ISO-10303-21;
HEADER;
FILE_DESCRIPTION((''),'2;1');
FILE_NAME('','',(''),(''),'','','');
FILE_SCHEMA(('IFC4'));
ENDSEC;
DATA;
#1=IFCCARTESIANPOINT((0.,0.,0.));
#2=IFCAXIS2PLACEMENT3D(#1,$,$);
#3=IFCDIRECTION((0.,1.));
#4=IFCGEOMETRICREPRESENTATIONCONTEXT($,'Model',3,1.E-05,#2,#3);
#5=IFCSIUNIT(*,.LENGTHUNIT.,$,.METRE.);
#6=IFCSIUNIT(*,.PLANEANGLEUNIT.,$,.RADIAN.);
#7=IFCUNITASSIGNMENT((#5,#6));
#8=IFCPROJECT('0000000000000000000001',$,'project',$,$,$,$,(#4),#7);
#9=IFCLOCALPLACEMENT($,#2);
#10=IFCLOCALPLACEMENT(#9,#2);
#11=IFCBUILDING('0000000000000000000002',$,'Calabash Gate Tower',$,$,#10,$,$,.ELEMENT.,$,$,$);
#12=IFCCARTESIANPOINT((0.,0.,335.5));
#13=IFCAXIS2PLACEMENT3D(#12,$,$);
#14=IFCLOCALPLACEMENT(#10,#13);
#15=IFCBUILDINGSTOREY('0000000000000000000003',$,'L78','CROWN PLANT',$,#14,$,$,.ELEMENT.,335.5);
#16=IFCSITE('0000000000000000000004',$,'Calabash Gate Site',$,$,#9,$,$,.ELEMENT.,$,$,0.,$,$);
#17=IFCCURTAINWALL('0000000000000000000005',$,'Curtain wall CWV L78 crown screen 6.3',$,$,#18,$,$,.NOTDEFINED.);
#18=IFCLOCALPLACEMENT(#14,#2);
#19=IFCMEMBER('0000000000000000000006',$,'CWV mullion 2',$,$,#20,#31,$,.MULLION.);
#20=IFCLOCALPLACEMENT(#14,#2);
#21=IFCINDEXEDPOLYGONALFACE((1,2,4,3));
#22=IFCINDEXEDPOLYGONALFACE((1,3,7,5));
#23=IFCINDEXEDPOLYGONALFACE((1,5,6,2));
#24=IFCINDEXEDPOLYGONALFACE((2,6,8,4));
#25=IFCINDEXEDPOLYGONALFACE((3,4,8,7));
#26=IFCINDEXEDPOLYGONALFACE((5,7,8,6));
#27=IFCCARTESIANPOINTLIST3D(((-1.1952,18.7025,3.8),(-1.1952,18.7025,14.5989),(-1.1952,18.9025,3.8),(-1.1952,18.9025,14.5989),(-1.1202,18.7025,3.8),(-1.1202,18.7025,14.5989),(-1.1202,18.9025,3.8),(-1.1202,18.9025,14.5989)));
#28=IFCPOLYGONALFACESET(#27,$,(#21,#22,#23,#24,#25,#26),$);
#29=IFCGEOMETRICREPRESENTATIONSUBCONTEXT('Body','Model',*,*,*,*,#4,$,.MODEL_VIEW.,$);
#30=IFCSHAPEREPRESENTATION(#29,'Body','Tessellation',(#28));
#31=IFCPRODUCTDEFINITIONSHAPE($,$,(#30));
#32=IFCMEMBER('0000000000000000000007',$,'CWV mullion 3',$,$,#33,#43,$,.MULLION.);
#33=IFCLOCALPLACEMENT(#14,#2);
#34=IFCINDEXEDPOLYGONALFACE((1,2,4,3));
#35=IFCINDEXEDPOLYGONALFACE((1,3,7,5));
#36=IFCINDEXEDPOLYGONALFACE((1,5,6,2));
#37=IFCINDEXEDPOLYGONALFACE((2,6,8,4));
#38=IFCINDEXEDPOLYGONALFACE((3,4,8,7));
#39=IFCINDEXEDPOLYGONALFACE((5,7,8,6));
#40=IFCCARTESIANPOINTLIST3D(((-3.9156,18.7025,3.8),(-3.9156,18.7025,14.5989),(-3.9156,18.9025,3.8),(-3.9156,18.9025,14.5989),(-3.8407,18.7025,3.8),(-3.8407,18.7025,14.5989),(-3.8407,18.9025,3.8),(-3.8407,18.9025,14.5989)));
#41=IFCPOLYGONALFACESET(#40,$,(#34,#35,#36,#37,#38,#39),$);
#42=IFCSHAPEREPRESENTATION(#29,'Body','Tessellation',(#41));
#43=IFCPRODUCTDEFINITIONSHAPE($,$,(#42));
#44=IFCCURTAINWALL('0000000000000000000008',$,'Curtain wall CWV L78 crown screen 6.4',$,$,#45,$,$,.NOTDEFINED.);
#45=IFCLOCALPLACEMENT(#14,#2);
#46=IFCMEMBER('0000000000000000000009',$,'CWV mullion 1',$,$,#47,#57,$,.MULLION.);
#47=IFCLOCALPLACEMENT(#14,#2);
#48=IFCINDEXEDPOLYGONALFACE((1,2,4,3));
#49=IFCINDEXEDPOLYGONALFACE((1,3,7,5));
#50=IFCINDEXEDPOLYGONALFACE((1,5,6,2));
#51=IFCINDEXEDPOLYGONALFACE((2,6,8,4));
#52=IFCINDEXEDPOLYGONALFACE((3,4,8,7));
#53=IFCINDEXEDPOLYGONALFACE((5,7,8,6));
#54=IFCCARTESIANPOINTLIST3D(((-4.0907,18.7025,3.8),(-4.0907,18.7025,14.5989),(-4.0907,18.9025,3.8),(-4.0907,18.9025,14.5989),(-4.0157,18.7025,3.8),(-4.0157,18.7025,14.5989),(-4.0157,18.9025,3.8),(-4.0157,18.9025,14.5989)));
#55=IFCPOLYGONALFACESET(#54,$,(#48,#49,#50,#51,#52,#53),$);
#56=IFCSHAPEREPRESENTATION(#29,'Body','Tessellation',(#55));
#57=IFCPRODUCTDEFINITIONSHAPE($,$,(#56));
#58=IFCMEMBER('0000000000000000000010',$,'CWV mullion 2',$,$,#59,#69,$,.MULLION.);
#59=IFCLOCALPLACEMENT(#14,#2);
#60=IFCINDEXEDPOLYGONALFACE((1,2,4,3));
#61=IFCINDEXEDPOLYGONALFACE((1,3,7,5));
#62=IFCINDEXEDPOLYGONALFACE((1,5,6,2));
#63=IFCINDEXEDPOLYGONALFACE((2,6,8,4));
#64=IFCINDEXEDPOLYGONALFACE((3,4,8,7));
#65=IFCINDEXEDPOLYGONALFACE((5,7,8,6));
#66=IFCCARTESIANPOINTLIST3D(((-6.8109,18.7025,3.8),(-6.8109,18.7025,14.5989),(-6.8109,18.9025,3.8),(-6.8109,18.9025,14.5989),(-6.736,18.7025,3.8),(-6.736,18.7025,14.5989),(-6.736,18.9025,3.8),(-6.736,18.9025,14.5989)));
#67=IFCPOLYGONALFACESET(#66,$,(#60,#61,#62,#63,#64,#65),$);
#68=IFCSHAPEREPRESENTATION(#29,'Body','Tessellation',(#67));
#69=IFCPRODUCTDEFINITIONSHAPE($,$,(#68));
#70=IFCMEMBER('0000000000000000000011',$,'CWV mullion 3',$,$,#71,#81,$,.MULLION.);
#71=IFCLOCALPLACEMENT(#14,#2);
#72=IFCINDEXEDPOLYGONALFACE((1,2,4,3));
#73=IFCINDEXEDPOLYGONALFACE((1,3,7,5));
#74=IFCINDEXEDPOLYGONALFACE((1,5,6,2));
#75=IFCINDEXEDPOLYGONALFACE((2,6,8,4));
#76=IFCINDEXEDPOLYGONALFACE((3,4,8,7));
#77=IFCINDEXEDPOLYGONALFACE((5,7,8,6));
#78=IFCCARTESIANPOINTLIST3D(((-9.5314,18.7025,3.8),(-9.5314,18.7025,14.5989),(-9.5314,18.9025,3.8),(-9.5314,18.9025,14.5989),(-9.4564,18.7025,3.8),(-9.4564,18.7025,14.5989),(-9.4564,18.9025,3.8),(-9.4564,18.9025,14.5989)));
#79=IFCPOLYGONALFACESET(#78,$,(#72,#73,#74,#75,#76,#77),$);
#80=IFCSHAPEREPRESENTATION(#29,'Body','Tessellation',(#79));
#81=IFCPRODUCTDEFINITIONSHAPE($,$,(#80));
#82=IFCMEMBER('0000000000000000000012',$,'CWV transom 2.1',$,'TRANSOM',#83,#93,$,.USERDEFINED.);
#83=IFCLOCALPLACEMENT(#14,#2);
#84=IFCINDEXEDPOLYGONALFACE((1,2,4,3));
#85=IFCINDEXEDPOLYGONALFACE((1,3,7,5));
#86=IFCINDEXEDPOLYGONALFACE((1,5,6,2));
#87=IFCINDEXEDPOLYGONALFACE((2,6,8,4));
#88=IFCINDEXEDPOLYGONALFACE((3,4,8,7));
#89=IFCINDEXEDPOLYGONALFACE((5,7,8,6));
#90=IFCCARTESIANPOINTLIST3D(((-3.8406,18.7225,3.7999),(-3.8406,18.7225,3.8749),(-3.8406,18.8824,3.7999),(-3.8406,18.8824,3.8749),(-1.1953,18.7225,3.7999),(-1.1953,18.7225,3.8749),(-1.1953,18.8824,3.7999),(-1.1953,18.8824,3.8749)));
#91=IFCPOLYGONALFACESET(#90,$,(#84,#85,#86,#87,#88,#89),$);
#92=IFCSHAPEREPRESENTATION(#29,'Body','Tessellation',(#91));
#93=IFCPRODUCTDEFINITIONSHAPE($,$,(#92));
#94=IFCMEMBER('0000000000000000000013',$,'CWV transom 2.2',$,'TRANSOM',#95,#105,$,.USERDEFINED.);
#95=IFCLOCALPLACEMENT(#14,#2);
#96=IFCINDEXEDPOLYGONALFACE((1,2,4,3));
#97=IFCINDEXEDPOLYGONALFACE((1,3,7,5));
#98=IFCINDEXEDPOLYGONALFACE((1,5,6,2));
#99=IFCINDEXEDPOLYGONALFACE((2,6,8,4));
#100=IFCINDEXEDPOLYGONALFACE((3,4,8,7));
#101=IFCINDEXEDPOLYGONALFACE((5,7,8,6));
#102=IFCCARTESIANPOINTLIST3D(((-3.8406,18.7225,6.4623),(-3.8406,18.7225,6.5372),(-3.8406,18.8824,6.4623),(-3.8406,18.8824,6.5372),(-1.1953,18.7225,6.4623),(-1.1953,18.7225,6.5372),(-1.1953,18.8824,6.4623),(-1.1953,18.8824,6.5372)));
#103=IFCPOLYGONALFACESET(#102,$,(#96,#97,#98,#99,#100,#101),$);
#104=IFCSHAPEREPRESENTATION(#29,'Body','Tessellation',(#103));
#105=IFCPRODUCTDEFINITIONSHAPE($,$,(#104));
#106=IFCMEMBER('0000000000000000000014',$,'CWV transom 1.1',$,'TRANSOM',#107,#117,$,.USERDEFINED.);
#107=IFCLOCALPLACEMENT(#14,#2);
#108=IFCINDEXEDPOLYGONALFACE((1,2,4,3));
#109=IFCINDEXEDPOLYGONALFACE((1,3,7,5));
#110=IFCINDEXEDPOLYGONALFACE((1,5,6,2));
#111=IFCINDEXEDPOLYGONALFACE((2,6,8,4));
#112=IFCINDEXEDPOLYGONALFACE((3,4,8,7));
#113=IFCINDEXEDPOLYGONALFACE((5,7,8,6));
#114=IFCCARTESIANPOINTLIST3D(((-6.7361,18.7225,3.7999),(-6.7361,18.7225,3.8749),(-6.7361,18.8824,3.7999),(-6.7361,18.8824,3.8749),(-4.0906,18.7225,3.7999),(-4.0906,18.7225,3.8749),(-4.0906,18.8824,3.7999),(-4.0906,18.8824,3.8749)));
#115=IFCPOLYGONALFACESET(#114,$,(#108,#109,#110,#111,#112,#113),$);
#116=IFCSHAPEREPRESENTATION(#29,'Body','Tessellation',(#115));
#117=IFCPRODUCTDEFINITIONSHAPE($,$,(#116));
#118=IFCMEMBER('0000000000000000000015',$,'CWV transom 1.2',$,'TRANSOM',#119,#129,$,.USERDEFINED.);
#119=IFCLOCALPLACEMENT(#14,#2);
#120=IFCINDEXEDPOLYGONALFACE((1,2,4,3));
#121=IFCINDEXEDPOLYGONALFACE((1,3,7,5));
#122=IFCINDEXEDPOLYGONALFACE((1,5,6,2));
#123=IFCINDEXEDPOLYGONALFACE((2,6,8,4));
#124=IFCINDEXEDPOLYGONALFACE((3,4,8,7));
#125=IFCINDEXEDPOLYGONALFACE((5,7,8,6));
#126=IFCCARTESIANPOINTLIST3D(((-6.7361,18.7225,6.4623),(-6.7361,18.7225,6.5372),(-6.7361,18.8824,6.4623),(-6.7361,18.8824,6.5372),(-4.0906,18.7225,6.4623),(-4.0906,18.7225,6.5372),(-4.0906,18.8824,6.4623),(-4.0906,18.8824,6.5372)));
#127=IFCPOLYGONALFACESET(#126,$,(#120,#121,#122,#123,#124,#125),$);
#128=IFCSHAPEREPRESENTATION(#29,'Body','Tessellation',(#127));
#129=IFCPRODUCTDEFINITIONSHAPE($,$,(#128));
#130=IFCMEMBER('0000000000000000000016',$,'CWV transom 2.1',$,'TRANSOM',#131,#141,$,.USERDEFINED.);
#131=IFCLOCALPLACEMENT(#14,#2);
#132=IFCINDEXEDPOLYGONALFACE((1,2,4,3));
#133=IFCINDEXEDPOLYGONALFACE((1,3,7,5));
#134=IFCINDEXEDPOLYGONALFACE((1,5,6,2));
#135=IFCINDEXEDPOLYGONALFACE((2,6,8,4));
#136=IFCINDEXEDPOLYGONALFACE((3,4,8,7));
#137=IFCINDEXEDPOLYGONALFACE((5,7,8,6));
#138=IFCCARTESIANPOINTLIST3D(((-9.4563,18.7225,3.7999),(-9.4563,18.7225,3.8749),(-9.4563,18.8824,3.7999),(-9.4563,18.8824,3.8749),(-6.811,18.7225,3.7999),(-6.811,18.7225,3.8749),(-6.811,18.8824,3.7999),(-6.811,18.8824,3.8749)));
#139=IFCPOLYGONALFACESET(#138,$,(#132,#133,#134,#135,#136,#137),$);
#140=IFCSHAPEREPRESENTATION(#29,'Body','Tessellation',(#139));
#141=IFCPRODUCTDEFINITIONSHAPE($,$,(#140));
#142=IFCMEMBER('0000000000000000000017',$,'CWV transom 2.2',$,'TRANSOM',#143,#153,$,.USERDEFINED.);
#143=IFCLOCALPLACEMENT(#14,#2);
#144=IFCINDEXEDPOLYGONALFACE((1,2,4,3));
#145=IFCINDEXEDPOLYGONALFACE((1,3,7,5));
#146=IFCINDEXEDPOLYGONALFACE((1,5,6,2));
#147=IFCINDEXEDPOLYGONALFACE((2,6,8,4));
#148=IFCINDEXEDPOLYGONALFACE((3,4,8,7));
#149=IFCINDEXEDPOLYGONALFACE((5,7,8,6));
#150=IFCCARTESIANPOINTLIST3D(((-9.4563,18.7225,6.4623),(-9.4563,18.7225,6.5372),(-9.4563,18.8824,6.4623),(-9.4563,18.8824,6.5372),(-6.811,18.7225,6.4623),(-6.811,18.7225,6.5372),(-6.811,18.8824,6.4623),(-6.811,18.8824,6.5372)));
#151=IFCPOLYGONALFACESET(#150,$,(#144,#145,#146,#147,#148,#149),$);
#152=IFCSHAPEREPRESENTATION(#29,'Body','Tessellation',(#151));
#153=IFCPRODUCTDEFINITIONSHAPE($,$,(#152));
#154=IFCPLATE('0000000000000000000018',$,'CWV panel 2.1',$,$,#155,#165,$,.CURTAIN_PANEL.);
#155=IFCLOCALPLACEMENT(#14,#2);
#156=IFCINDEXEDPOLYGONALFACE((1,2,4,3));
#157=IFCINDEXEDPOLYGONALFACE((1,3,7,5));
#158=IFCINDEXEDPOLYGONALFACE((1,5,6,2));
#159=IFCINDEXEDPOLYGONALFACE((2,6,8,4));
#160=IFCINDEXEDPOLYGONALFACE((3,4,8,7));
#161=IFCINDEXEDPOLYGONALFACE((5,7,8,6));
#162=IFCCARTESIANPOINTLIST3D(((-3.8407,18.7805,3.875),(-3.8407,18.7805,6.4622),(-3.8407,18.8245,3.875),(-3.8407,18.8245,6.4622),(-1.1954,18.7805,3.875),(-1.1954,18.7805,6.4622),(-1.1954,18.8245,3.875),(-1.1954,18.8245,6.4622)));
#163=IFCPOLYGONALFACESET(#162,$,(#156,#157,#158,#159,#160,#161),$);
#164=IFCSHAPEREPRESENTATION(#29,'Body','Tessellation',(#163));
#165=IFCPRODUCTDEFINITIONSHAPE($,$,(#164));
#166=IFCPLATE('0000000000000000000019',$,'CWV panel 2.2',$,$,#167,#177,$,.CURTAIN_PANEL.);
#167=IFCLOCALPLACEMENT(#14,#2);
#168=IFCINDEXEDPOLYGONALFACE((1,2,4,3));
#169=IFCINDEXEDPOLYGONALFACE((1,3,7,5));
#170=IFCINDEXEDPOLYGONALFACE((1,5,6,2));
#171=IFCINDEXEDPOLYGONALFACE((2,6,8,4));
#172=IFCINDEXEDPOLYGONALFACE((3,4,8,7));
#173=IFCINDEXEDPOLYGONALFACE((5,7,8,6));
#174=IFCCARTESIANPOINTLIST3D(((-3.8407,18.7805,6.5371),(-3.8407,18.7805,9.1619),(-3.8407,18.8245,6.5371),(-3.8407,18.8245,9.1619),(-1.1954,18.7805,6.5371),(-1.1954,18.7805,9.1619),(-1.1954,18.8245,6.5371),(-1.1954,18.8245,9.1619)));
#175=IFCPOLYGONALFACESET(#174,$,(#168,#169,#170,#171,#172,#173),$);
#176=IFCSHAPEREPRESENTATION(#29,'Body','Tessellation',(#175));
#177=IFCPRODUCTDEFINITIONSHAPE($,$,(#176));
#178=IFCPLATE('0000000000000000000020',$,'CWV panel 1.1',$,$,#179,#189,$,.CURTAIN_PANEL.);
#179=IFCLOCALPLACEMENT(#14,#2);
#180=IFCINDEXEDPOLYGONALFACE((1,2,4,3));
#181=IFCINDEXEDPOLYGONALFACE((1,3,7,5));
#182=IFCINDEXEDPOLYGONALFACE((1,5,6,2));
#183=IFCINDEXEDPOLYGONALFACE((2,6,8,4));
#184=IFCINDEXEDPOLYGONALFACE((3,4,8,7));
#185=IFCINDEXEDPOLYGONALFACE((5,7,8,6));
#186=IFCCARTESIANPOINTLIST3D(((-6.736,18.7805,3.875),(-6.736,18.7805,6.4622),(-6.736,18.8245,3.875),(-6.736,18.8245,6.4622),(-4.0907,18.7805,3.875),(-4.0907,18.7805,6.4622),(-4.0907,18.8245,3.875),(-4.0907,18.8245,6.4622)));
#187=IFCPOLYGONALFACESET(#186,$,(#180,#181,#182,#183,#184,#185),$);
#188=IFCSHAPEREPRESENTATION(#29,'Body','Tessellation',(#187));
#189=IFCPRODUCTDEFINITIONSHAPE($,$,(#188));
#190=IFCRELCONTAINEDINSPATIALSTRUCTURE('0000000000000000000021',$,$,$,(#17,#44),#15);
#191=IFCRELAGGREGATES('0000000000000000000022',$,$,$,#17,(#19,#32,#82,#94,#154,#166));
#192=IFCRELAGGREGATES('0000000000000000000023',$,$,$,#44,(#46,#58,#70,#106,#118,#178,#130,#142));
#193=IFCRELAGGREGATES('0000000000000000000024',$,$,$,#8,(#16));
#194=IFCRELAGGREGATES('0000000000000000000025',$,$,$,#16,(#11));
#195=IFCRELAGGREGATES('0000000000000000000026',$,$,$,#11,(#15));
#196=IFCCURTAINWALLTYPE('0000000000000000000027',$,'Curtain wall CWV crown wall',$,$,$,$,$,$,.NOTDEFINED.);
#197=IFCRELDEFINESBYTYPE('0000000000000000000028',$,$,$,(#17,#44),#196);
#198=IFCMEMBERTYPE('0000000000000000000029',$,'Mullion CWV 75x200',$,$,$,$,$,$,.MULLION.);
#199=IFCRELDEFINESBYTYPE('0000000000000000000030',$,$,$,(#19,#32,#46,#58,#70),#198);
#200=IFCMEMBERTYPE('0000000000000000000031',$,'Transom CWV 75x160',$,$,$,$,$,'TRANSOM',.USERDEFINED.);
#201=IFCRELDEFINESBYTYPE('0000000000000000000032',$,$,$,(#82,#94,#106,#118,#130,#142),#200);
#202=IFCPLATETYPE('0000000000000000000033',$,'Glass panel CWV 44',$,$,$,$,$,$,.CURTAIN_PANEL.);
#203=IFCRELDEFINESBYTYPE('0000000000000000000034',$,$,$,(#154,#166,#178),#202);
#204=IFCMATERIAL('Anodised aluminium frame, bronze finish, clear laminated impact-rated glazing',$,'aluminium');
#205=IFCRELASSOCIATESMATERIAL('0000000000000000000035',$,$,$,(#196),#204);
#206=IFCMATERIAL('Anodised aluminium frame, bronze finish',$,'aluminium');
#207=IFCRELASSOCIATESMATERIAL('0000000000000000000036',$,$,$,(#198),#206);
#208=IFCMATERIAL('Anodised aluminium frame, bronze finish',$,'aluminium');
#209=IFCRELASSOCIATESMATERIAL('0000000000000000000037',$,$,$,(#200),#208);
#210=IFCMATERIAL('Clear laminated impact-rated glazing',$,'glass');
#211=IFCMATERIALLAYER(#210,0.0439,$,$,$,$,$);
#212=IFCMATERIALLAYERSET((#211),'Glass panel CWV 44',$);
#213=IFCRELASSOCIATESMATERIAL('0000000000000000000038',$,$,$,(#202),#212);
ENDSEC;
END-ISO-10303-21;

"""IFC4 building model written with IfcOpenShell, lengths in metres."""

from ifc_helpers import new_model, si_unit, direction, frame, origin, origin_2d, place, context, subcontext, project, spatial, rectangle, extrude, material, layer, layer_set, material_profile, profile_set, type_object, element, aggregate, save


model = new_model("IFC4")

# Units and contexts
model_context = context("Model", 3, precision=1e-05, world=origin(), true_north=direction((0.0, 1.0)))
body_context = subcontext(model_context, "Body", "Model", "MODEL_VIEW")
ifc_project = project(units=[si_unit("LENGTHUNIT", "METRE"), si_unit("PLANEANGLEUNIT", "RADIAN")], contexts=[model_context])

# Site, building, storey
site_placement = place(None, origin())
site = spatial("IfcSite", under=ifc_project, at=site_placement, Name="Calabash Gate Site", CompositionType="ELEMENT", RefElevation=0.0)
building_placement = place(site_placement, origin())
building = spatial("IfcBuilding", under=site, at=building_placement, Name="Calabash Gate Tower", CompositionType="ELEMENT")
storey_placement = place(building_placement, frame((0.0, 0.0, 335.5)))
storey = spatial("IfcBuildingStorey", under=building, at=storey_placement, Name="L78", Description="CROWN PLANT", CompositionType="ELEMENT", Elevation=335.5)

# Curtain walls, members
ifc_material_1 = material(Name="Anodised aluminium frame, bronze finish, clear laminated impact-rated glazing", Category="aluminium")
curtain_wall_type = type_object("IfcCurtainWallType", Name="Curtain wall CWV crown wall", PredefinedType="NOTDEFINED", material=ifc_material_1)
curtain_wall_1_placement = place(storey_placement, origin())
curtain_wall_1 = element("IfcCurtainWall", 1, at=curtain_wall_1_placement, inside=storey, type_object=curtain_wall_type, Name="Curtain wall CWV L78 crown screen 6.3", PredefinedType="NOTDEFINED")
ifc_material_2 = material(Name="Anodised aluminium frame, bronze finish", Category="aluminium")
ifc_material_profile_1 = material_profile(ifc_material_2, rectangle(XDim=0.2, YDim=0.075, at=origin_2d()))
ifc_profile_set_1 = profile_set([ifc_material_profile_1], Name="Anodised aluminium frame, bronze finish")
member_type_1 = type_object("IfcMemberType", Name="Mullion CWV 75x200", PredefinedType="MULLION", material=ifc_profile_set_1)
member_1_placement = place(storey_placement, frame((-1.1577, 18.8025, 3.8), z_axis=(0.0, 0.0, 1.0), x_axis=(0.0, -1.0, 0.0)))
member_1 = element("IfcMember", 2, at=member_1_placement, type_object=member_type_1, Name="CWV mullion 2", PredefinedType="MULLION", context=body_context, shape_type="SweptSolid", body=[
    extrude(rectangle(XDim=0.2, YDim=0.075, at=origin_2d()), origin(), (0.0, 0.0, 1.0), 10.7988),
])
member_2_placement = place(storey_placement, frame((-3.8782, 18.8025, 3.8), z_axis=(0.0, 0.0, 1.0), x_axis=(0.0, -1.0, 0.0)))
member_2 = element("IfcMember", 3, at=member_2_placement, type_object=member_type_1, Name="CWV mullion 3", PredefinedType="MULLION", context=body_context, shape_type="SweptSolid", body=[
    extrude(rectangle(XDim=0.2, YDim=0.075, at=origin_2d()), origin(), (0.0, 0.0, 1.0), 10.7988),
])
curtain_wall_2_placement = place(storey_placement, origin())
curtain_wall_2 = element("IfcCurtainWall", 4, at=curtain_wall_2_placement, inside=storey, type_object=curtain_wall_type, Name="Curtain wall CWV L78 crown screen 6.4", PredefinedType="NOTDEFINED")
member_3_placement = place(storey_placement, frame((-4.0532, 18.8025, 3.8), z_axis=(0.0, 0.0, 1.0), x_axis=(0.0, -1.0, 0.0)))
member_3 = element("IfcMember", 5, at=member_3_placement, type_object=member_type_1, Name="CWV mullion 1", PredefinedType="MULLION", context=body_context, shape_type="SweptSolid", body=[
    extrude(rectangle(XDim=0.2, YDim=0.075, at=origin_2d()), origin(), (0.0, 0.0, 1.0), 10.7988),
])
member_4_placement = place(storey_placement, frame((-6.7734, 18.8025, 3.8), z_axis=(0.0, 0.0, 1.0), x_axis=(0.0, -1.0, 0.0)))
member_4 = element("IfcMember", 6, at=member_4_placement, type_object=member_type_1, Name="CWV mullion 2", PredefinedType="MULLION", context=body_context, shape_type="SweptSolid", body=[
    extrude(rectangle(XDim=0.2, YDim=0.075, at=origin_2d()), origin(), (0.0, 0.0, 1.0), 10.7988),
])
member_5_placement = place(storey_placement, frame((-9.4939, 18.8025, 3.8), z_axis=(0.0, 0.0, 1.0), x_axis=(0.0, -1.0, 0.0)))
member_5 = element("IfcMember", 7, at=member_5_placement, type_object=member_type_1, Name="CWV mullion 3", PredefinedType="MULLION", context=body_context, shape_type="SweptSolid", body=[
    extrude(rectangle(XDim=0.2, YDim=0.075, at=origin_2d()), origin(), (0.0, 0.0, 1.0), 10.7988),
])

# Members
ifc_material_3 = material(Name="Anodised aluminium frame, bronze finish", Category="aluminium")
ifc_material_profile_2 = material_profile(ifc_material_3, rectangle(XDim=0.1599, YDim=0.075, at=origin_2d()))
ifc_profile_set_2 = profile_set([ifc_material_profile_2], Name="Anodised aluminium frame, bronze finish")
member_type_2 = type_object("IfcMemberType", Name="Transom CWV 75x160", ElementType="TRANSOM", PredefinedType="USERDEFINED", material=ifc_profile_set_2)
member_6_placement = place(storey_placement, frame((-1.1953, 18.8025, 3.8374), z_axis=(-1.0, 0.0, 0.0), x_axis=(0.0, -1.0, 0.0)))
member_6 = element("IfcMember", 8, at=member_6_placement, type_object=member_type_2, Name="CWV transom 2.1", ObjectType="TRANSOM", PredefinedType="USERDEFINED", context=body_context, shape_type="SweptSolid", body=[
    extrude(rectangle(XDim=0.1599, YDim=0.075, at=origin_2d()), origin(), (0.0, 0.0, 1.0), 2.6453),
])
member_7_placement = place(storey_placement, frame((-1.1953, 18.8025, 6.4998), z_axis=(-1.0, 0.0, 0.0), x_axis=(0.0, -1.0, 0.0)))
member_7 = element("IfcMember", 9, at=member_7_placement, type_object=member_type_2, Name="CWV transom 2.2", ObjectType="TRANSOM", PredefinedType="USERDEFINED", context=body_context, shape_type="SweptSolid", body=[
    extrude(rectangle(XDim=0.1599, YDim=0.075, at=origin_2d()), origin(), (0.0, 0.0, 1.0), 2.6453),
])
member_8_placement = place(storey_placement, frame((-4.0906, 18.8025, 3.8374), z_axis=(-1.0, 0.0, 0.0), x_axis=(0.0, -1.0, 0.0)))
member_8 = element("IfcMember", 10, at=member_8_placement, type_object=member_type_2, Name="CWV transom 1.1", ObjectType="TRANSOM", PredefinedType="USERDEFINED", context=body_context, shape_type="SweptSolid", body=[
    extrude(rectangle(XDim=0.1599, YDim=0.075, at=origin_2d()), origin(), (0.0, 0.0, 1.0), 2.6455),
])
member_9_placement = place(storey_placement, frame((-4.0906, 18.8025, 6.4998), z_axis=(-1.0, 0.0, 0.0), x_axis=(0.0, -1.0, 0.0)))
member_9 = element("IfcMember", 11, at=member_9_placement, type_object=member_type_2, Name="CWV transom 1.2", ObjectType="TRANSOM", PredefinedType="USERDEFINED", context=body_context, shape_type="SweptSolid", body=[
    extrude(rectangle(XDim=0.1599, YDim=0.075, at=origin_2d()), origin(), (0.0, 0.0, 1.0), 2.6455),
])
member_10_placement = place(storey_placement, frame((-6.811, 18.8025, 3.8374), z_axis=(-1.0, 0.0, 0.0), x_axis=(0.0, -1.0, 0.0)))
member_10 = element("IfcMember", 12, at=member_10_placement, type_object=member_type_2, Name="CWV transom 2.1", ObjectType="TRANSOM", PredefinedType="USERDEFINED", context=body_context, shape_type="SweptSolid", body=[
    extrude(rectangle(XDim=0.1599, YDim=0.075, at=origin_2d()), origin(), (0.0, 0.0, 1.0), 2.6453),
])
member_11_placement = place(storey_placement, frame((-6.811, 18.8025, 6.4998), z_axis=(-1.0, 0.0, 0.0), x_axis=(0.0, -1.0, 0.0)))
member_11 = element("IfcMember", 13, at=member_11_placement, type_object=member_type_2, Name="CWV transom 2.2", ObjectType="TRANSOM", PredefinedType="USERDEFINED", context=body_context, shape_type="SweptSolid", body=[
    extrude(rectangle(XDim=0.1599, YDim=0.075, at=origin_2d()), origin(), (0.0, 0.0, 1.0), 2.6453),
])

# Plates
ifc_material_4 = material(Name="Clear laminated impact-rated glazing", Category="glass")
ifc_layer_1 = layer(ifc_material_4, 0.0439)
ifc_layer_set_1 = layer_set([ifc_layer_1], Name="Glass panel CWV 44")
plate_type = type_object("IfcPlateType", Name="Glass panel CWV 44", PredefinedType="CURTAIN_PANEL", material=ifc_layer_set_1)
plate_1_placement = place(storey_placement, frame((-2.5181, 18.8025, 3.875), z_axis=(0.0, 0.0, 1.0), x_axis=(-1.0, 0.0, 0.0)))
plate_1 = element("IfcPlate", 14, at=plate_1_placement, type_object=plate_type, Name="CWV panel 2.1", PredefinedType="CURTAIN_PANEL", context=body_context, shape_type="SweptSolid", body=[
    extrude(rectangle(XDim=2.6453, YDim=0.0439, at=origin_2d()), origin(), (0.0, 0.0, 1.0), 2.5872),
])
plate_2_placement = place(storey_placement, frame((-2.5181, 18.8025, 6.5371), z_axis=(0.0, 0.0, 1.0), x_axis=(-1.0, 0.0, 0.0)))
plate_2 = element("IfcPlate", 15, at=plate_2_placement, type_object=plate_type, Name="CWV panel 2.2", PredefinedType="CURTAIN_PANEL", context=body_context, shape_type="SweptSolid", body=[
    extrude(rectangle(XDim=2.6453, YDim=0.0439, at=origin_2d()), origin(), (0.0, 0.0, 1.0), 2.6248),
])
aggregate(curtain_wall_1, [member_1, member_2, member_6, member_7, plate_1, plate_2])
plate_3_placement = place(storey_placement, frame((-5.4133, 18.8025, 3.875), z_axis=(0.0, 0.0, 1.0), x_axis=(-1.0, 0.0, 0.0)))
plate_3 = element("IfcPlate", 16, at=plate_3_placement, type_object=plate_type, Name="CWV panel 1.1", PredefinedType="CURTAIN_PANEL", context=body_context, shape_type="SweptSolid", body=[
    extrude(rectangle(XDim=2.6453, YDim=0.0439, at=origin_2d()), origin(), (0.0, 0.0, 1.0), 2.5872),
])
aggregate(curtain_wall_2, [member_3, member_4, member_5, member_8, member_9, plate_3, member_10, member_11])

save(model, "model.ifc")
